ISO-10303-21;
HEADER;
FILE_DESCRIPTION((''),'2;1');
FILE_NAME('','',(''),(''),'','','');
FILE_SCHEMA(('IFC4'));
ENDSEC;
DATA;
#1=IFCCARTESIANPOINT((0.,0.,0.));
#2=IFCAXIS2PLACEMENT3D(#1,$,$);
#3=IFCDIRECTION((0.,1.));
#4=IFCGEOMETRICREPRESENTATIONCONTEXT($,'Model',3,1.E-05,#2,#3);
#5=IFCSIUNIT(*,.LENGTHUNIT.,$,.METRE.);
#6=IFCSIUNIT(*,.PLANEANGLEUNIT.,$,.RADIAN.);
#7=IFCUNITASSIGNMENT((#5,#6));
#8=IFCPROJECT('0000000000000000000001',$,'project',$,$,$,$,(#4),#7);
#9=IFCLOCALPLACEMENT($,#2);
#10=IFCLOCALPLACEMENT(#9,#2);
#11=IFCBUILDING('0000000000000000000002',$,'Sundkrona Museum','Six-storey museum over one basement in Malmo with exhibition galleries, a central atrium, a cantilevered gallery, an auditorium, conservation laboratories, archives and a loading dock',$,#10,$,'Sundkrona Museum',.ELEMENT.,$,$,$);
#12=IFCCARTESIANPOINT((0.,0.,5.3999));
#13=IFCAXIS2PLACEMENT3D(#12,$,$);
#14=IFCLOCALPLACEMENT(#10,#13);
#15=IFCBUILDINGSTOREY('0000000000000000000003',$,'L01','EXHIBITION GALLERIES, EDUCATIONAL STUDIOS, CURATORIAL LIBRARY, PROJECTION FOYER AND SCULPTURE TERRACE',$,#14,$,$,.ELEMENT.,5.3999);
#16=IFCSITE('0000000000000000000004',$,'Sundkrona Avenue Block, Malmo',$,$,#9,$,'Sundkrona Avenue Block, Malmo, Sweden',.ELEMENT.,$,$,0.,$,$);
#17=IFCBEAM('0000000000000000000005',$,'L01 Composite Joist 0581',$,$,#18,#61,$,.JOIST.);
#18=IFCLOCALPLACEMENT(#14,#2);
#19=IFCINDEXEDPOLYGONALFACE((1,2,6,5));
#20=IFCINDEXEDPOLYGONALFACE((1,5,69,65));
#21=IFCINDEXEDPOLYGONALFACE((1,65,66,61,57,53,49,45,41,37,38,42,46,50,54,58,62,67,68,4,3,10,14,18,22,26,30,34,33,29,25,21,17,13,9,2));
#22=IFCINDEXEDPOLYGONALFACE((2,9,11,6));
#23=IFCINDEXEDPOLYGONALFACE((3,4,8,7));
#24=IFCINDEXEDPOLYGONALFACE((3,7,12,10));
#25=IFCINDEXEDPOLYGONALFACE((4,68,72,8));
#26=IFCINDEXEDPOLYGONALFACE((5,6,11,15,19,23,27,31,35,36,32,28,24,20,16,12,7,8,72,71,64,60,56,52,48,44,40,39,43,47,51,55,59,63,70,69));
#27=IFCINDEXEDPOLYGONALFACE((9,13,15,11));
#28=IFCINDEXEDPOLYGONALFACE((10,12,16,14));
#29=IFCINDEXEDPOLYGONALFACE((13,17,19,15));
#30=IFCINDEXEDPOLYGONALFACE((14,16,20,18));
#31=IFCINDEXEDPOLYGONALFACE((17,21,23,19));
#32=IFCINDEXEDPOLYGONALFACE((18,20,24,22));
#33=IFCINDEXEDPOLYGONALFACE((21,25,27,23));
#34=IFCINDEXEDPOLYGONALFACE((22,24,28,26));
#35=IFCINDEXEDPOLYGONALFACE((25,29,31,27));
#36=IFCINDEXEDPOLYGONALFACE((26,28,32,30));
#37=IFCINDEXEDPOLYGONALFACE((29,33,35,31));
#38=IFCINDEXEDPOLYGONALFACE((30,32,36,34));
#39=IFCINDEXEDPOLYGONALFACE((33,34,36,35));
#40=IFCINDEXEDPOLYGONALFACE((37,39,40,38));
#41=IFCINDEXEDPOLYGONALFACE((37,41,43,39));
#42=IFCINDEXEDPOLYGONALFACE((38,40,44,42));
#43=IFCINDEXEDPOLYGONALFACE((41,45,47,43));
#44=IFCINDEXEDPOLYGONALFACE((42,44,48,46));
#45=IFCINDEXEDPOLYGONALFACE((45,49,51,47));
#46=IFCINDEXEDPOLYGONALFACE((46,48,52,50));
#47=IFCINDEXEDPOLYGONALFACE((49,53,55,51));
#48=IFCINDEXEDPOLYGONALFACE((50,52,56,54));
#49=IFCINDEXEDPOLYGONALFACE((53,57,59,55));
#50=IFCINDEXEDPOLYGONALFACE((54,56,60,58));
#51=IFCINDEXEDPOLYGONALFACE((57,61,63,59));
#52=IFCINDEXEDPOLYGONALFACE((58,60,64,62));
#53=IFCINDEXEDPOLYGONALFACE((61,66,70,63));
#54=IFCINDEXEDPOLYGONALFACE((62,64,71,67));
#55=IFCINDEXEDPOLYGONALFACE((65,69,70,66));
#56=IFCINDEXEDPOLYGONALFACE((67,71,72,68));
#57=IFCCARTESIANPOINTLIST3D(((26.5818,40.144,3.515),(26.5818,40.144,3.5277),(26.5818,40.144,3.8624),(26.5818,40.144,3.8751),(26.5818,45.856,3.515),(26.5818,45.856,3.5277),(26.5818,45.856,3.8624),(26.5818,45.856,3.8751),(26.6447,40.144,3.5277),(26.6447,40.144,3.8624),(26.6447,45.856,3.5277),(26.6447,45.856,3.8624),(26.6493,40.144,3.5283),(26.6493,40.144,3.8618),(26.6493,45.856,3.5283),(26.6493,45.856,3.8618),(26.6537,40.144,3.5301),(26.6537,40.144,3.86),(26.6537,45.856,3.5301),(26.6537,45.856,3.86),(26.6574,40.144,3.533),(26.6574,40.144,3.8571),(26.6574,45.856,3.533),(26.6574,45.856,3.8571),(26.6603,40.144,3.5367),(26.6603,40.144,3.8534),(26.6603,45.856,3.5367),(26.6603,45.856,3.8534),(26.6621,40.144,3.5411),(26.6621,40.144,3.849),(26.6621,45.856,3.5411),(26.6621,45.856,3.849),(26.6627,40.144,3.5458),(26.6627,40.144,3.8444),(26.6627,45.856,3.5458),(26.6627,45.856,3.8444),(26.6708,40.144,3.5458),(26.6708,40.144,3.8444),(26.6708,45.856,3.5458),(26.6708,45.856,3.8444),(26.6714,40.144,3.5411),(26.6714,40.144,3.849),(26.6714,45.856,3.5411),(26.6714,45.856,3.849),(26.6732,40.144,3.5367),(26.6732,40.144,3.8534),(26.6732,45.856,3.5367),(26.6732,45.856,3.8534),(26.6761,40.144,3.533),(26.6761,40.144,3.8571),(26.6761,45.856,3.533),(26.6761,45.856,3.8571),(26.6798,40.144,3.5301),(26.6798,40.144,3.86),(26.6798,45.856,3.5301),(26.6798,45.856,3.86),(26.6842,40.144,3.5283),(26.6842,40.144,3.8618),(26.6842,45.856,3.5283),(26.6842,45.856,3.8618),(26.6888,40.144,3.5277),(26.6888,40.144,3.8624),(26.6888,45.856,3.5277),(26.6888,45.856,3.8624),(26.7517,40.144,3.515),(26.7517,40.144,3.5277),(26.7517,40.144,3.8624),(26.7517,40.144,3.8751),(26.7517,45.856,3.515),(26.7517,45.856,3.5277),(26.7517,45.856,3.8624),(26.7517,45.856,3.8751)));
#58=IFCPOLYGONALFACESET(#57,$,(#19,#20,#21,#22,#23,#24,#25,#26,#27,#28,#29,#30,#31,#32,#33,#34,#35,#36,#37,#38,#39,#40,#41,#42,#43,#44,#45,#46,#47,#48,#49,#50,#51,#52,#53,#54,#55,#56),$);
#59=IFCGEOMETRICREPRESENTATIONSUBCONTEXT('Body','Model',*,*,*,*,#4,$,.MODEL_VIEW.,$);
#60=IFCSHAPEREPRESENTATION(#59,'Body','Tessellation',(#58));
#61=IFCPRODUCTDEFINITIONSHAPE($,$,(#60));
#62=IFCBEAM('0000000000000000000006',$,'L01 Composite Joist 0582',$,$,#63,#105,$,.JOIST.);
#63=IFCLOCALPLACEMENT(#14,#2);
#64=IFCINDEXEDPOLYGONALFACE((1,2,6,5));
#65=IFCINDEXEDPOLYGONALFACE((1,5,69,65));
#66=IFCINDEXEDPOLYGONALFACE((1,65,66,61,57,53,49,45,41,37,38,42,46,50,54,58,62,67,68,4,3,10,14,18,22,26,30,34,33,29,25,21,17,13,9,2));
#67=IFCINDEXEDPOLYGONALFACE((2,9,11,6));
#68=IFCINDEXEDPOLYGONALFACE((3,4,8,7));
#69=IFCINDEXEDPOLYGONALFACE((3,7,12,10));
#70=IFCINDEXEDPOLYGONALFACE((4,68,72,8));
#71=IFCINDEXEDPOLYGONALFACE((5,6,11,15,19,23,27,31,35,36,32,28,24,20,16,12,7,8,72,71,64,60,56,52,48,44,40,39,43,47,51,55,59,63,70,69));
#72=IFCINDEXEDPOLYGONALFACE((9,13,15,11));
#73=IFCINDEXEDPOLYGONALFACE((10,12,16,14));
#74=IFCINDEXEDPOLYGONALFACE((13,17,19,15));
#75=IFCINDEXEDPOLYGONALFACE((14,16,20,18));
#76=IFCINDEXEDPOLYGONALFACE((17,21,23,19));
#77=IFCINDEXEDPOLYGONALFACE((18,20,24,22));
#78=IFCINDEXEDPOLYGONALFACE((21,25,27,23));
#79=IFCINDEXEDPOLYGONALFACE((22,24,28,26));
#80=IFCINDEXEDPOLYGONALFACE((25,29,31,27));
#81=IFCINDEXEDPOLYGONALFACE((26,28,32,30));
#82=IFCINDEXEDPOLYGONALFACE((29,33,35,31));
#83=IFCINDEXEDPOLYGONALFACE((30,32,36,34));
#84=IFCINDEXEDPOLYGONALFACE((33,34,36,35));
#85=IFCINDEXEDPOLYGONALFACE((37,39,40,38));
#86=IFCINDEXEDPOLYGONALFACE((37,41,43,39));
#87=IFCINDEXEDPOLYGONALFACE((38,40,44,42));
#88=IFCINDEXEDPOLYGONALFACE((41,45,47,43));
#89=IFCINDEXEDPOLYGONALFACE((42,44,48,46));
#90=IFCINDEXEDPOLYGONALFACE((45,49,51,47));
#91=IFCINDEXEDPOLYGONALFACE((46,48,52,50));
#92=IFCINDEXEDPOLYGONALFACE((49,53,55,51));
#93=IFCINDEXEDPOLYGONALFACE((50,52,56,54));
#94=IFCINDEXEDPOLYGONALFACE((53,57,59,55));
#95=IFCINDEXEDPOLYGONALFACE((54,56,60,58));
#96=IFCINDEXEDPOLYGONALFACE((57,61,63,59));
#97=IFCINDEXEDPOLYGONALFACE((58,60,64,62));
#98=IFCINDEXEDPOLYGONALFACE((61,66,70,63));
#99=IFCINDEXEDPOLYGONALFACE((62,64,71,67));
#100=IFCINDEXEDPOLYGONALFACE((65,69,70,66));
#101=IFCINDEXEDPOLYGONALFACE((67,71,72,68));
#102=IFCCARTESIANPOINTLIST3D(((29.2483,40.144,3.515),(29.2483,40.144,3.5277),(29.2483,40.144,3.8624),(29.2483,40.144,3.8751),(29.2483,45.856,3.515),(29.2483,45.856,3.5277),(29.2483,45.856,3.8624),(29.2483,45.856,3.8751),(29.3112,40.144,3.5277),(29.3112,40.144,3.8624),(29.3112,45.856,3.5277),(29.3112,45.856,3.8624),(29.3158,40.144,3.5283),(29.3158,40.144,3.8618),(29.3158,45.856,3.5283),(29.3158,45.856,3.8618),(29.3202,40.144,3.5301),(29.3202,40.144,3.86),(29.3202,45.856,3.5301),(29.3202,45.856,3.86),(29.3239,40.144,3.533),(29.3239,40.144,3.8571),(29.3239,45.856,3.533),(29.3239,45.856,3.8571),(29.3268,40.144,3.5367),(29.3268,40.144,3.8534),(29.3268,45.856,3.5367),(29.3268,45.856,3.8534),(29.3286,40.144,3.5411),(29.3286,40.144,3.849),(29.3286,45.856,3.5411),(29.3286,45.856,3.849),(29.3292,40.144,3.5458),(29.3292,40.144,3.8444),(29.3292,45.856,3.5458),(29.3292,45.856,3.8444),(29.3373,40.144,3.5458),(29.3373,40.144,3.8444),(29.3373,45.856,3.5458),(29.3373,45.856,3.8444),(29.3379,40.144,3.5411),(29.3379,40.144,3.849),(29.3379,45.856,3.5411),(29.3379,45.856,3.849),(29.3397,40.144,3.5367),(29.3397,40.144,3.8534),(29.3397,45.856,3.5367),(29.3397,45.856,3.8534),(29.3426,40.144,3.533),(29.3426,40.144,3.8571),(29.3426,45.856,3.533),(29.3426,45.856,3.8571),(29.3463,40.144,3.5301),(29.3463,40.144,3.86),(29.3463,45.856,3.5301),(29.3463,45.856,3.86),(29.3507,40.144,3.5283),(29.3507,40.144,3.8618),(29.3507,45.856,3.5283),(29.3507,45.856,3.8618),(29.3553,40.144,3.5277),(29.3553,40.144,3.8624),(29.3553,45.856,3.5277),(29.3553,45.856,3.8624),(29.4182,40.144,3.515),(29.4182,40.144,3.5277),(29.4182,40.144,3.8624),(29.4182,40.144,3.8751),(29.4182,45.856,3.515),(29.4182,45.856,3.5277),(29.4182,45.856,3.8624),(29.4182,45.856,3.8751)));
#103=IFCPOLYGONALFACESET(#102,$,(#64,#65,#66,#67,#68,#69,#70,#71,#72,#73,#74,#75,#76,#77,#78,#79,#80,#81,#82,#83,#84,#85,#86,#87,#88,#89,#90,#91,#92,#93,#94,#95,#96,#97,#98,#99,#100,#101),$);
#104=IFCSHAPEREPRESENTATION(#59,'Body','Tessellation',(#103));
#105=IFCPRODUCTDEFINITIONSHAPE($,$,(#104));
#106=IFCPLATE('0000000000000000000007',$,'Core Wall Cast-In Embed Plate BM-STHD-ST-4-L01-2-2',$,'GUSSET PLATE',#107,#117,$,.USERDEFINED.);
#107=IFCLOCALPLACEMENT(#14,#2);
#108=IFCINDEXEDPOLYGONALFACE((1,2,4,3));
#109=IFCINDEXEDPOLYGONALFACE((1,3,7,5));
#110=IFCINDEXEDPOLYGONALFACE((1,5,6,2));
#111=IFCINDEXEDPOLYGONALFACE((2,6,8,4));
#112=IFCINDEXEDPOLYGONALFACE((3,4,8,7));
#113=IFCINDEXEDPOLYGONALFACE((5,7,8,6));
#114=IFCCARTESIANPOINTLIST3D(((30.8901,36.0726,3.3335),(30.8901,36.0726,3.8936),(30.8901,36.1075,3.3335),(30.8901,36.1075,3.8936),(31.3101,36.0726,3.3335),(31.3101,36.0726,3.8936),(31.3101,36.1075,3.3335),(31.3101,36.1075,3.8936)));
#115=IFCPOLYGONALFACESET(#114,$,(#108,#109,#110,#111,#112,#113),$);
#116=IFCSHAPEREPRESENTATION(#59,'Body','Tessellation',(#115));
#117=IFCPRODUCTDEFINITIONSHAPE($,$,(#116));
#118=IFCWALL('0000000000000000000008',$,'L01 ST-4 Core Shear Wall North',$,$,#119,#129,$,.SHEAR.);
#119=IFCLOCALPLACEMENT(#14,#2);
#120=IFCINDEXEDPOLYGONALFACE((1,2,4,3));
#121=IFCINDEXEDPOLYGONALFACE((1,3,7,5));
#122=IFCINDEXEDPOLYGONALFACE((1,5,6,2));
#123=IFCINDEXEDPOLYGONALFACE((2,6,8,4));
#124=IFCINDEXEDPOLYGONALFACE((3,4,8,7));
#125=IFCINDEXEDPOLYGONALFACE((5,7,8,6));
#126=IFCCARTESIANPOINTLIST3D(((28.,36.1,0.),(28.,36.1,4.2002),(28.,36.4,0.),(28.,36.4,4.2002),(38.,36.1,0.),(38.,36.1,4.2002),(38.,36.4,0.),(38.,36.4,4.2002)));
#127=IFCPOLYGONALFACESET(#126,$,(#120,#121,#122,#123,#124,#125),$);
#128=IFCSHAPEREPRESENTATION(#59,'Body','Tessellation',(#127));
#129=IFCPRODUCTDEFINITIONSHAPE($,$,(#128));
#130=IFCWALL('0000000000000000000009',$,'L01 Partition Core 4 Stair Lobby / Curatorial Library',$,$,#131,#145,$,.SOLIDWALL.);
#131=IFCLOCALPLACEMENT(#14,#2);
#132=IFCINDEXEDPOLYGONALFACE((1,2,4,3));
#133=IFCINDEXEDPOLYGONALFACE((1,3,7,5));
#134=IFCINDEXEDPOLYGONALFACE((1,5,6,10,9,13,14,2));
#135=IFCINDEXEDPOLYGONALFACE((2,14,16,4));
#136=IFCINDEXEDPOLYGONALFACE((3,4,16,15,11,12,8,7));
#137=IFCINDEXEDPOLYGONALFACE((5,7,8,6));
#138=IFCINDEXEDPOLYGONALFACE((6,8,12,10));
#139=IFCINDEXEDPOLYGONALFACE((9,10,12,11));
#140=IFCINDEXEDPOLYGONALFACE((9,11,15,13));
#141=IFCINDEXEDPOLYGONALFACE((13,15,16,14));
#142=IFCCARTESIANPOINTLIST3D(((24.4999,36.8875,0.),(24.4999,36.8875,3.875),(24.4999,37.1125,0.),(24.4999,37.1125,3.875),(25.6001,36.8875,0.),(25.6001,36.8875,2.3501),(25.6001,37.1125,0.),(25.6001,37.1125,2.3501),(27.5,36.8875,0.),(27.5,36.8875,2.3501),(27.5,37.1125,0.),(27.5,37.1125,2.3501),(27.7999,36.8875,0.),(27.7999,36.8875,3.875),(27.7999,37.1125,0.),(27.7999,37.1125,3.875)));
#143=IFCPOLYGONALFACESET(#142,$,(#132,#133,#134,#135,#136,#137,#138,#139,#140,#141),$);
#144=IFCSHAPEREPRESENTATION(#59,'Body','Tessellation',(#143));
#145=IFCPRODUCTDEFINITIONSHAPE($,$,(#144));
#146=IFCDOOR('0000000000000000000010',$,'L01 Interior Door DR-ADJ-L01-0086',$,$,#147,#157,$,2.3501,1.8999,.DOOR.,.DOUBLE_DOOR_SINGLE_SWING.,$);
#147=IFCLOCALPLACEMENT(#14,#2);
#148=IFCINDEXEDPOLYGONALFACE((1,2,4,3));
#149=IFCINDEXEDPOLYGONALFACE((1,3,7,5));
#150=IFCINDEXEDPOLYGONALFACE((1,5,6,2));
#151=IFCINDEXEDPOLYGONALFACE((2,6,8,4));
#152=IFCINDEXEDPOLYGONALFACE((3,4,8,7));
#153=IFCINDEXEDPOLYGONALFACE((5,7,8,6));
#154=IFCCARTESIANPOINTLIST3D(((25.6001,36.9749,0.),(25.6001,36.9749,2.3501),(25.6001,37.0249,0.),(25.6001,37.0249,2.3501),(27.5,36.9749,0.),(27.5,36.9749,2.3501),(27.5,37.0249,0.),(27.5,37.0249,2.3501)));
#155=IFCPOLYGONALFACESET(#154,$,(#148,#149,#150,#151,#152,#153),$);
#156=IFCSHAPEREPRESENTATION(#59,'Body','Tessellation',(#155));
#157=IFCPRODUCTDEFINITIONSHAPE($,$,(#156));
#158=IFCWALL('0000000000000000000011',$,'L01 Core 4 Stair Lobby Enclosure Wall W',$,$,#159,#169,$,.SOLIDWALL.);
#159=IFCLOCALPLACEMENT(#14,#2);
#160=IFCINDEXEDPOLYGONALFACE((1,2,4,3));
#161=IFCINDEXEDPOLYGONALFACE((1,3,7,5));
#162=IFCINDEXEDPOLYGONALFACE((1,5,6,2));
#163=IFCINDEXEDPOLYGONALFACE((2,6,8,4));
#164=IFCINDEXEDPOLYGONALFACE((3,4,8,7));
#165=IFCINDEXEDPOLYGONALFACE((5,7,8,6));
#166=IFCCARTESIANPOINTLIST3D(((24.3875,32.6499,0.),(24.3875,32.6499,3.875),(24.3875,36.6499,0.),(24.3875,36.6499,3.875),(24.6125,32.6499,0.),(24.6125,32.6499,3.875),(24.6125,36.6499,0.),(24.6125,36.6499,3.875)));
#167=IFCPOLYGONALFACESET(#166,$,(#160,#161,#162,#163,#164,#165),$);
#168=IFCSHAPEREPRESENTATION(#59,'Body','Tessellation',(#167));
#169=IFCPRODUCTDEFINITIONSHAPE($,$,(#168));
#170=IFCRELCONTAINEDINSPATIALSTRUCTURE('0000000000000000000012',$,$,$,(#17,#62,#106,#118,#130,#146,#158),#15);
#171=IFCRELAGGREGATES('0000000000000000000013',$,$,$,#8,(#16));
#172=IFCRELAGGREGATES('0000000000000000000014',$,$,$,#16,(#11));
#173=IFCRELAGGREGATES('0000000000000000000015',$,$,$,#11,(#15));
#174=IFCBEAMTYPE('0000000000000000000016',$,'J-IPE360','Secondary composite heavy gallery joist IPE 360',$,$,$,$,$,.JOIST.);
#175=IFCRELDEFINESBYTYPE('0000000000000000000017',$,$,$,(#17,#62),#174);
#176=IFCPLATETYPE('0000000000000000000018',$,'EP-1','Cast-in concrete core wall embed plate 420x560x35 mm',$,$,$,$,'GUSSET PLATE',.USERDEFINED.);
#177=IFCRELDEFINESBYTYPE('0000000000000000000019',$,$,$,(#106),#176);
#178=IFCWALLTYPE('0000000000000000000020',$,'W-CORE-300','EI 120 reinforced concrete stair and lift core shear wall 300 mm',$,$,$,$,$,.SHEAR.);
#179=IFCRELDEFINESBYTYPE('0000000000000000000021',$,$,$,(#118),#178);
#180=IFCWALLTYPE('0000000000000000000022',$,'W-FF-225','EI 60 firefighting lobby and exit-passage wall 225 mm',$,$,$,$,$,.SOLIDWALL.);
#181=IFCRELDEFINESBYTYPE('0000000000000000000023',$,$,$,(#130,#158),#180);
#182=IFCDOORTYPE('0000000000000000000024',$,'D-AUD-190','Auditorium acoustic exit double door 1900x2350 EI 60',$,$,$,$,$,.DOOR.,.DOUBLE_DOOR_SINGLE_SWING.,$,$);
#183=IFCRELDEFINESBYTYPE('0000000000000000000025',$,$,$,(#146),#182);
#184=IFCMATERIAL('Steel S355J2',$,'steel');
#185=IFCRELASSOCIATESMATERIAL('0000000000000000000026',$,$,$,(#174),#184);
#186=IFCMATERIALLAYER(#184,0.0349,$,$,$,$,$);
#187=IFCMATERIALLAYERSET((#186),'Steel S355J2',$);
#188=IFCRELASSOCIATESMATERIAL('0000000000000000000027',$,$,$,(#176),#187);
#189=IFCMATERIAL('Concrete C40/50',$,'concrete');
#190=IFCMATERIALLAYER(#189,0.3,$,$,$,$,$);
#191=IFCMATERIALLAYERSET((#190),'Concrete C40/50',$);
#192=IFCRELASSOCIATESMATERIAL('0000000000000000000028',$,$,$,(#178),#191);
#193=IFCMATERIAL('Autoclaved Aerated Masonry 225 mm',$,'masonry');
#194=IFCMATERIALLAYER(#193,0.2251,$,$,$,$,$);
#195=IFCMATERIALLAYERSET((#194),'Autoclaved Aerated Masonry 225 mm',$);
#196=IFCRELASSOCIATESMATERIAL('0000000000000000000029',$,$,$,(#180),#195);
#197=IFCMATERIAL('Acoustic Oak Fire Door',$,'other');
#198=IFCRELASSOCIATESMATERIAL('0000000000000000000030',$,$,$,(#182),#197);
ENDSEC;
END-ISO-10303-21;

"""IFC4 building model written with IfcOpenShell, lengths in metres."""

from ifc_helpers import new_model, si_unit, direction, frame, frame_2d, origin, origin_2d, place, context, subcontext, project, spatial, rectangle, i_section, extrude, material, layer, layer_set, material_profile, profile_set, type_object, element, fill, save


model = new_model("IFC4")

# Units and contexts
model_context = context("Model", 3, precision=1e-05, world=origin(), true_north=direction((0.0, 1.0)))
body_context = subcontext(model_context, "Body", "Model", "MODEL_VIEW")
ifc_project = project(units=[si_unit("LENGTHUNIT", "METRE"), si_unit("PLANEANGLEUNIT", "RADIAN")], contexts=[model_context])

# Site, building, storey
site_placement = place(None, origin())
site = spatial("IfcSite", under=ifc_project, at=site_placement, Name="Sundkrona Avenue Block, Malmo", LongName="Sundkrona Avenue Block, Malmo, Sweden", CompositionType="ELEMENT", RefElevation=0.0)
building_placement = place(site_placement, origin())
building = spatial("IfcBuilding", under=site, at=building_placement, Name="Sundkrona Museum", Description="Six-storey museum over one basement in Malmo with exhibition galleries, a central atrium, a cantilevered gallery, an auditorium, conservation laboratories, archives and a loading dock", LongName="Sundkrona Museum", CompositionType="ELEMENT")
storey_placement = place(building_placement, frame((0.0, 0.0, 5.3999)))
storey = spatial("IfcBuildingStorey", under=building, at=storey_placement, Name="L01", Description="EXHIBITION GALLERIES, EDUCATIONAL STUDIOS, CURATORIAL LIBRARY, PROJECTION FOYER AND SCULPTURE TERRACE", CompositionType="ELEMENT", Elevation=5.3999)

# Shared definitions
ifc_material_1 = material(Name="Steel S355J2", Category="steel")

# Beams
ifc_material_profile_1 = material_profile(ifc_material_1, i_section(OverallWidth=0.1699, OverallDepth=0.3601, WebThickness=0.0081, FlangeThickness=0.0127, FilletRadius=0.0181, at=origin_2d()), Name="IPE 360")
ifc_profile_set_1 = profile_set([ifc_material_profile_1], Name="Steel S355J2")
beam_type_1 = type_object("IfcBeamType", Name="J-IPE360", Description="Secondary composite heavy gallery joist IPE 360", PredefinedType="JOIST", material=ifc_profile_set_1)
for number, where, z_axis, x_axis, name in (
    (1, (26.6667, 40.144, 3.6951), (0.0, 1.0, 0.0), (-1.0, 0.0, 0.0), "L01 Composite Joist 0581"),
    (2, (29.3333, 40.144, 3.6951), (0.0, 1.0, 0.0), (-1.0, 0.0, 0.0), "L01 Composite Joist 0582"),
):
    element("IfcBeam", number, at=place(storey_placement, frame(where, z_axis=z_axis, x_axis=x_axis)), inside=storey, type_object=beam_type_1, Name=name, PredefinedType="JOIST", context=body_context, shape_type="SweptSolid", body=[
        extrude(i_section(OverallWidth=0.1699, OverallDepth=0.3601, WebThickness=0.0081, FlangeThickness=0.0127, FilletRadius=0.0181, at=origin_2d()), origin(), (0.0, 0.0, 1.0), 5.7119),
    ])

# Plate
ifc_layer_1 = layer(ifc_material_1, 0.0349)
ifc_layer_set_1 = layer_set([ifc_layer_1], Name="Steel S355J2")
plate_type = type_object("IfcPlateType", Name="EP-1", Description="Cast-in concrete core wall embed plate 420x560x35 mm", ElementType="GUSSET PLATE", PredefinedType="USERDEFINED", material=ifc_layer_set_1)
plate_placement = place(storey_placement, frame((31.1001, 36.0901, 3.3335), z_axis=(0.0, 0.0, 1.0), x_axis=(1.0, 0.0, 0.0)))
element("IfcPlate", 3, at=plate_placement, inside=storey, type_object=plate_type, Name="Core Wall Cast-In Embed Plate BM-STHD-ST-4-L01-2-2", ObjectType="GUSSET PLATE", PredefinedType="USERDEFINED", context=body_context, shape_type="SweptSolid", body=[
    extrude(rectangle(XDim=0.4199, YDim=0.0349, at=origin_2d()), origin(), (0.0, 0.0, 1.0), 0.5601),
])

# Wall
ifc_material_2 = material(Name="Concrete C40/50", Category="concrete")
ifc_layer_2 = layer(ifc_material_2, 0.3)
ifc_layer_set_2 = layer_set([ifc_layer_2], Name="Concrete C40/50")
wall_type_1 = type_object("IfcWallType", Name="W-CORE-300", Description="EI 120 reinforced concrete stair and lift core shear wall 300 mm", PredefinedType="SHEAR", material=ifc_layer_set_2)
wall_1_placement = place(storey_placement, frame((28.0, 36.25, 0.0), z_axis=(0.0, 0.0, 1.0), x_axis=(1.0, 0.0, 0.0)))
element("IfcWall", 4, at=wall_1_placement, inside=storey, type_object=wall_type_1, Name="L01 ST-4 Core Shear Wall North", PredefinedType="SHEAR", context=body_context, shape_type="SweptSolid", body=[
    extrude(rectangle(XDim=10.0, YDim=0.3, at=frame_2d((5.0, 0.0))), origin(), (0.0, 0.0, 1.0), 4.2002),
])

# Wall, opening, door
ifc_material_3 = material(Name="Autoclaved Aerated Masonry 225 mm", Category="masonry")
ifc_layer_3 = layer(ifc_material_3, 0.2251)
ifc_layer_set_3 = layer_set([ifc_layer_3], Name="Autoclaved Aerated Masonry 225 mm")
wall_type_2 = type_object("IfcWallType", Name="W-FF-225", Description="EI 60 firefighting lobby and exit-passage wall 225 mm", PredefinedType="SOLIDWALL", material=ifc_layer_set_3)
wall_2_placement = place(storey_placement, frame((24.5, 37.0, 0.0), z_axis=(0.0, 0.0, 1.0), x_axis=(1.0, 0.0, 0.0)))
wall_2 = element("IfcWall", 5, at=wall_2_placement, inside=storey, type_object=wall_type_2, Name="L01 Partition Core 4 Stair Lobby / Curatorial Library", PredefinedType="SOLIDWALL", context=body_context, shape_type="SweptSolid", body=[
    extrude(rectangle(XDim=3.3, YDim=0.2251, at=frame_2d((1.6499, 0.0))), origin(), (0.0, 0.0, 1.0), 3.875),
])
opening_1_placement = place(wall_2_placement, frame((1.1001, 0.0, 0.0)))
opening_1 = element("IfcOpeningElement", 6, at=opening_1_placement, cuts=wall_2, PredefinedType="OPENING", context=body_context, shape_type="SweptSolid", body=[
    extrude(rectangle(XDim=1.8999, YDim=2.3501, at=frame_2d((0.95, 1.175))), frame((0.0, 0.1226, 0.0), z_axis=(0.0, -1.0, 0.0), x_axis=(1.0, 0.0, 0.0)), (0.0, 0.0, 1.0), 0.2451),
])
ifc_material_4 = material(Name="Acoustic Oak Fire Door", Category="other")
door_type_1 = type_object("IfcDoorType", Name="D-AUD-190", Description="Auditorium acoustic exit double door 1900x2350 EI 60", OperationType="DOUBLE_DOOR_SINGLE_SWING", PredefinedType="DOOR", material=ifc_material_4)
door_1_placement = place(opening_1_placement, origin())
door_1 = element("IfcDoor", 7, at=door_1_placement, inside=storey, type_object=door_type_1, Name="L01 Interior Door DR-ADJ-L01-0086", OperationType="DOUBLE_DOOR_SINGLE_SWING", OverallHeight=2.3501, OverallWidth=1.8999, PredefinedType="DOOR", context=body_context, shape_type="SweptSolid", body=[
    extrude(rectangle(XDim=1.8999, YDim=2.3501, at=frame_2d((0.95, 1.175))), frame((0.0, 0.0249, 0.0), z_axis=(0.0, -1.0, 0.0), x_axis=(1.0, 0.0, 0.0)), (0.0, 0.0, 1.0), 0.05),
])
fill(opening_1, door_1)

# Wall
wall_3_placement = place(storey_placement, frame((24.5, 32.6499, 0.0), z_axis=(0.0, 0.0, 1.0), x_axis=(0.0, 1.0, 0.0)))
element("IfcWall", 8, at=wall_3_placement, inside=storey, type_object=wall_type_2, Name="L01 Core 4 Stair Lobby Enclosure Wall W", PredefinedType="SOLIDWALL", context=body_context, shape_type="SweptSolid", body=[
    extrude(rectangle(XDim=4.0, YDim=0.2251, at=frame_2d((2.0, 0.0))), origin(), (0.0, 0.0, 1.0), 3.875),
])

save(model, "model.ifc")
